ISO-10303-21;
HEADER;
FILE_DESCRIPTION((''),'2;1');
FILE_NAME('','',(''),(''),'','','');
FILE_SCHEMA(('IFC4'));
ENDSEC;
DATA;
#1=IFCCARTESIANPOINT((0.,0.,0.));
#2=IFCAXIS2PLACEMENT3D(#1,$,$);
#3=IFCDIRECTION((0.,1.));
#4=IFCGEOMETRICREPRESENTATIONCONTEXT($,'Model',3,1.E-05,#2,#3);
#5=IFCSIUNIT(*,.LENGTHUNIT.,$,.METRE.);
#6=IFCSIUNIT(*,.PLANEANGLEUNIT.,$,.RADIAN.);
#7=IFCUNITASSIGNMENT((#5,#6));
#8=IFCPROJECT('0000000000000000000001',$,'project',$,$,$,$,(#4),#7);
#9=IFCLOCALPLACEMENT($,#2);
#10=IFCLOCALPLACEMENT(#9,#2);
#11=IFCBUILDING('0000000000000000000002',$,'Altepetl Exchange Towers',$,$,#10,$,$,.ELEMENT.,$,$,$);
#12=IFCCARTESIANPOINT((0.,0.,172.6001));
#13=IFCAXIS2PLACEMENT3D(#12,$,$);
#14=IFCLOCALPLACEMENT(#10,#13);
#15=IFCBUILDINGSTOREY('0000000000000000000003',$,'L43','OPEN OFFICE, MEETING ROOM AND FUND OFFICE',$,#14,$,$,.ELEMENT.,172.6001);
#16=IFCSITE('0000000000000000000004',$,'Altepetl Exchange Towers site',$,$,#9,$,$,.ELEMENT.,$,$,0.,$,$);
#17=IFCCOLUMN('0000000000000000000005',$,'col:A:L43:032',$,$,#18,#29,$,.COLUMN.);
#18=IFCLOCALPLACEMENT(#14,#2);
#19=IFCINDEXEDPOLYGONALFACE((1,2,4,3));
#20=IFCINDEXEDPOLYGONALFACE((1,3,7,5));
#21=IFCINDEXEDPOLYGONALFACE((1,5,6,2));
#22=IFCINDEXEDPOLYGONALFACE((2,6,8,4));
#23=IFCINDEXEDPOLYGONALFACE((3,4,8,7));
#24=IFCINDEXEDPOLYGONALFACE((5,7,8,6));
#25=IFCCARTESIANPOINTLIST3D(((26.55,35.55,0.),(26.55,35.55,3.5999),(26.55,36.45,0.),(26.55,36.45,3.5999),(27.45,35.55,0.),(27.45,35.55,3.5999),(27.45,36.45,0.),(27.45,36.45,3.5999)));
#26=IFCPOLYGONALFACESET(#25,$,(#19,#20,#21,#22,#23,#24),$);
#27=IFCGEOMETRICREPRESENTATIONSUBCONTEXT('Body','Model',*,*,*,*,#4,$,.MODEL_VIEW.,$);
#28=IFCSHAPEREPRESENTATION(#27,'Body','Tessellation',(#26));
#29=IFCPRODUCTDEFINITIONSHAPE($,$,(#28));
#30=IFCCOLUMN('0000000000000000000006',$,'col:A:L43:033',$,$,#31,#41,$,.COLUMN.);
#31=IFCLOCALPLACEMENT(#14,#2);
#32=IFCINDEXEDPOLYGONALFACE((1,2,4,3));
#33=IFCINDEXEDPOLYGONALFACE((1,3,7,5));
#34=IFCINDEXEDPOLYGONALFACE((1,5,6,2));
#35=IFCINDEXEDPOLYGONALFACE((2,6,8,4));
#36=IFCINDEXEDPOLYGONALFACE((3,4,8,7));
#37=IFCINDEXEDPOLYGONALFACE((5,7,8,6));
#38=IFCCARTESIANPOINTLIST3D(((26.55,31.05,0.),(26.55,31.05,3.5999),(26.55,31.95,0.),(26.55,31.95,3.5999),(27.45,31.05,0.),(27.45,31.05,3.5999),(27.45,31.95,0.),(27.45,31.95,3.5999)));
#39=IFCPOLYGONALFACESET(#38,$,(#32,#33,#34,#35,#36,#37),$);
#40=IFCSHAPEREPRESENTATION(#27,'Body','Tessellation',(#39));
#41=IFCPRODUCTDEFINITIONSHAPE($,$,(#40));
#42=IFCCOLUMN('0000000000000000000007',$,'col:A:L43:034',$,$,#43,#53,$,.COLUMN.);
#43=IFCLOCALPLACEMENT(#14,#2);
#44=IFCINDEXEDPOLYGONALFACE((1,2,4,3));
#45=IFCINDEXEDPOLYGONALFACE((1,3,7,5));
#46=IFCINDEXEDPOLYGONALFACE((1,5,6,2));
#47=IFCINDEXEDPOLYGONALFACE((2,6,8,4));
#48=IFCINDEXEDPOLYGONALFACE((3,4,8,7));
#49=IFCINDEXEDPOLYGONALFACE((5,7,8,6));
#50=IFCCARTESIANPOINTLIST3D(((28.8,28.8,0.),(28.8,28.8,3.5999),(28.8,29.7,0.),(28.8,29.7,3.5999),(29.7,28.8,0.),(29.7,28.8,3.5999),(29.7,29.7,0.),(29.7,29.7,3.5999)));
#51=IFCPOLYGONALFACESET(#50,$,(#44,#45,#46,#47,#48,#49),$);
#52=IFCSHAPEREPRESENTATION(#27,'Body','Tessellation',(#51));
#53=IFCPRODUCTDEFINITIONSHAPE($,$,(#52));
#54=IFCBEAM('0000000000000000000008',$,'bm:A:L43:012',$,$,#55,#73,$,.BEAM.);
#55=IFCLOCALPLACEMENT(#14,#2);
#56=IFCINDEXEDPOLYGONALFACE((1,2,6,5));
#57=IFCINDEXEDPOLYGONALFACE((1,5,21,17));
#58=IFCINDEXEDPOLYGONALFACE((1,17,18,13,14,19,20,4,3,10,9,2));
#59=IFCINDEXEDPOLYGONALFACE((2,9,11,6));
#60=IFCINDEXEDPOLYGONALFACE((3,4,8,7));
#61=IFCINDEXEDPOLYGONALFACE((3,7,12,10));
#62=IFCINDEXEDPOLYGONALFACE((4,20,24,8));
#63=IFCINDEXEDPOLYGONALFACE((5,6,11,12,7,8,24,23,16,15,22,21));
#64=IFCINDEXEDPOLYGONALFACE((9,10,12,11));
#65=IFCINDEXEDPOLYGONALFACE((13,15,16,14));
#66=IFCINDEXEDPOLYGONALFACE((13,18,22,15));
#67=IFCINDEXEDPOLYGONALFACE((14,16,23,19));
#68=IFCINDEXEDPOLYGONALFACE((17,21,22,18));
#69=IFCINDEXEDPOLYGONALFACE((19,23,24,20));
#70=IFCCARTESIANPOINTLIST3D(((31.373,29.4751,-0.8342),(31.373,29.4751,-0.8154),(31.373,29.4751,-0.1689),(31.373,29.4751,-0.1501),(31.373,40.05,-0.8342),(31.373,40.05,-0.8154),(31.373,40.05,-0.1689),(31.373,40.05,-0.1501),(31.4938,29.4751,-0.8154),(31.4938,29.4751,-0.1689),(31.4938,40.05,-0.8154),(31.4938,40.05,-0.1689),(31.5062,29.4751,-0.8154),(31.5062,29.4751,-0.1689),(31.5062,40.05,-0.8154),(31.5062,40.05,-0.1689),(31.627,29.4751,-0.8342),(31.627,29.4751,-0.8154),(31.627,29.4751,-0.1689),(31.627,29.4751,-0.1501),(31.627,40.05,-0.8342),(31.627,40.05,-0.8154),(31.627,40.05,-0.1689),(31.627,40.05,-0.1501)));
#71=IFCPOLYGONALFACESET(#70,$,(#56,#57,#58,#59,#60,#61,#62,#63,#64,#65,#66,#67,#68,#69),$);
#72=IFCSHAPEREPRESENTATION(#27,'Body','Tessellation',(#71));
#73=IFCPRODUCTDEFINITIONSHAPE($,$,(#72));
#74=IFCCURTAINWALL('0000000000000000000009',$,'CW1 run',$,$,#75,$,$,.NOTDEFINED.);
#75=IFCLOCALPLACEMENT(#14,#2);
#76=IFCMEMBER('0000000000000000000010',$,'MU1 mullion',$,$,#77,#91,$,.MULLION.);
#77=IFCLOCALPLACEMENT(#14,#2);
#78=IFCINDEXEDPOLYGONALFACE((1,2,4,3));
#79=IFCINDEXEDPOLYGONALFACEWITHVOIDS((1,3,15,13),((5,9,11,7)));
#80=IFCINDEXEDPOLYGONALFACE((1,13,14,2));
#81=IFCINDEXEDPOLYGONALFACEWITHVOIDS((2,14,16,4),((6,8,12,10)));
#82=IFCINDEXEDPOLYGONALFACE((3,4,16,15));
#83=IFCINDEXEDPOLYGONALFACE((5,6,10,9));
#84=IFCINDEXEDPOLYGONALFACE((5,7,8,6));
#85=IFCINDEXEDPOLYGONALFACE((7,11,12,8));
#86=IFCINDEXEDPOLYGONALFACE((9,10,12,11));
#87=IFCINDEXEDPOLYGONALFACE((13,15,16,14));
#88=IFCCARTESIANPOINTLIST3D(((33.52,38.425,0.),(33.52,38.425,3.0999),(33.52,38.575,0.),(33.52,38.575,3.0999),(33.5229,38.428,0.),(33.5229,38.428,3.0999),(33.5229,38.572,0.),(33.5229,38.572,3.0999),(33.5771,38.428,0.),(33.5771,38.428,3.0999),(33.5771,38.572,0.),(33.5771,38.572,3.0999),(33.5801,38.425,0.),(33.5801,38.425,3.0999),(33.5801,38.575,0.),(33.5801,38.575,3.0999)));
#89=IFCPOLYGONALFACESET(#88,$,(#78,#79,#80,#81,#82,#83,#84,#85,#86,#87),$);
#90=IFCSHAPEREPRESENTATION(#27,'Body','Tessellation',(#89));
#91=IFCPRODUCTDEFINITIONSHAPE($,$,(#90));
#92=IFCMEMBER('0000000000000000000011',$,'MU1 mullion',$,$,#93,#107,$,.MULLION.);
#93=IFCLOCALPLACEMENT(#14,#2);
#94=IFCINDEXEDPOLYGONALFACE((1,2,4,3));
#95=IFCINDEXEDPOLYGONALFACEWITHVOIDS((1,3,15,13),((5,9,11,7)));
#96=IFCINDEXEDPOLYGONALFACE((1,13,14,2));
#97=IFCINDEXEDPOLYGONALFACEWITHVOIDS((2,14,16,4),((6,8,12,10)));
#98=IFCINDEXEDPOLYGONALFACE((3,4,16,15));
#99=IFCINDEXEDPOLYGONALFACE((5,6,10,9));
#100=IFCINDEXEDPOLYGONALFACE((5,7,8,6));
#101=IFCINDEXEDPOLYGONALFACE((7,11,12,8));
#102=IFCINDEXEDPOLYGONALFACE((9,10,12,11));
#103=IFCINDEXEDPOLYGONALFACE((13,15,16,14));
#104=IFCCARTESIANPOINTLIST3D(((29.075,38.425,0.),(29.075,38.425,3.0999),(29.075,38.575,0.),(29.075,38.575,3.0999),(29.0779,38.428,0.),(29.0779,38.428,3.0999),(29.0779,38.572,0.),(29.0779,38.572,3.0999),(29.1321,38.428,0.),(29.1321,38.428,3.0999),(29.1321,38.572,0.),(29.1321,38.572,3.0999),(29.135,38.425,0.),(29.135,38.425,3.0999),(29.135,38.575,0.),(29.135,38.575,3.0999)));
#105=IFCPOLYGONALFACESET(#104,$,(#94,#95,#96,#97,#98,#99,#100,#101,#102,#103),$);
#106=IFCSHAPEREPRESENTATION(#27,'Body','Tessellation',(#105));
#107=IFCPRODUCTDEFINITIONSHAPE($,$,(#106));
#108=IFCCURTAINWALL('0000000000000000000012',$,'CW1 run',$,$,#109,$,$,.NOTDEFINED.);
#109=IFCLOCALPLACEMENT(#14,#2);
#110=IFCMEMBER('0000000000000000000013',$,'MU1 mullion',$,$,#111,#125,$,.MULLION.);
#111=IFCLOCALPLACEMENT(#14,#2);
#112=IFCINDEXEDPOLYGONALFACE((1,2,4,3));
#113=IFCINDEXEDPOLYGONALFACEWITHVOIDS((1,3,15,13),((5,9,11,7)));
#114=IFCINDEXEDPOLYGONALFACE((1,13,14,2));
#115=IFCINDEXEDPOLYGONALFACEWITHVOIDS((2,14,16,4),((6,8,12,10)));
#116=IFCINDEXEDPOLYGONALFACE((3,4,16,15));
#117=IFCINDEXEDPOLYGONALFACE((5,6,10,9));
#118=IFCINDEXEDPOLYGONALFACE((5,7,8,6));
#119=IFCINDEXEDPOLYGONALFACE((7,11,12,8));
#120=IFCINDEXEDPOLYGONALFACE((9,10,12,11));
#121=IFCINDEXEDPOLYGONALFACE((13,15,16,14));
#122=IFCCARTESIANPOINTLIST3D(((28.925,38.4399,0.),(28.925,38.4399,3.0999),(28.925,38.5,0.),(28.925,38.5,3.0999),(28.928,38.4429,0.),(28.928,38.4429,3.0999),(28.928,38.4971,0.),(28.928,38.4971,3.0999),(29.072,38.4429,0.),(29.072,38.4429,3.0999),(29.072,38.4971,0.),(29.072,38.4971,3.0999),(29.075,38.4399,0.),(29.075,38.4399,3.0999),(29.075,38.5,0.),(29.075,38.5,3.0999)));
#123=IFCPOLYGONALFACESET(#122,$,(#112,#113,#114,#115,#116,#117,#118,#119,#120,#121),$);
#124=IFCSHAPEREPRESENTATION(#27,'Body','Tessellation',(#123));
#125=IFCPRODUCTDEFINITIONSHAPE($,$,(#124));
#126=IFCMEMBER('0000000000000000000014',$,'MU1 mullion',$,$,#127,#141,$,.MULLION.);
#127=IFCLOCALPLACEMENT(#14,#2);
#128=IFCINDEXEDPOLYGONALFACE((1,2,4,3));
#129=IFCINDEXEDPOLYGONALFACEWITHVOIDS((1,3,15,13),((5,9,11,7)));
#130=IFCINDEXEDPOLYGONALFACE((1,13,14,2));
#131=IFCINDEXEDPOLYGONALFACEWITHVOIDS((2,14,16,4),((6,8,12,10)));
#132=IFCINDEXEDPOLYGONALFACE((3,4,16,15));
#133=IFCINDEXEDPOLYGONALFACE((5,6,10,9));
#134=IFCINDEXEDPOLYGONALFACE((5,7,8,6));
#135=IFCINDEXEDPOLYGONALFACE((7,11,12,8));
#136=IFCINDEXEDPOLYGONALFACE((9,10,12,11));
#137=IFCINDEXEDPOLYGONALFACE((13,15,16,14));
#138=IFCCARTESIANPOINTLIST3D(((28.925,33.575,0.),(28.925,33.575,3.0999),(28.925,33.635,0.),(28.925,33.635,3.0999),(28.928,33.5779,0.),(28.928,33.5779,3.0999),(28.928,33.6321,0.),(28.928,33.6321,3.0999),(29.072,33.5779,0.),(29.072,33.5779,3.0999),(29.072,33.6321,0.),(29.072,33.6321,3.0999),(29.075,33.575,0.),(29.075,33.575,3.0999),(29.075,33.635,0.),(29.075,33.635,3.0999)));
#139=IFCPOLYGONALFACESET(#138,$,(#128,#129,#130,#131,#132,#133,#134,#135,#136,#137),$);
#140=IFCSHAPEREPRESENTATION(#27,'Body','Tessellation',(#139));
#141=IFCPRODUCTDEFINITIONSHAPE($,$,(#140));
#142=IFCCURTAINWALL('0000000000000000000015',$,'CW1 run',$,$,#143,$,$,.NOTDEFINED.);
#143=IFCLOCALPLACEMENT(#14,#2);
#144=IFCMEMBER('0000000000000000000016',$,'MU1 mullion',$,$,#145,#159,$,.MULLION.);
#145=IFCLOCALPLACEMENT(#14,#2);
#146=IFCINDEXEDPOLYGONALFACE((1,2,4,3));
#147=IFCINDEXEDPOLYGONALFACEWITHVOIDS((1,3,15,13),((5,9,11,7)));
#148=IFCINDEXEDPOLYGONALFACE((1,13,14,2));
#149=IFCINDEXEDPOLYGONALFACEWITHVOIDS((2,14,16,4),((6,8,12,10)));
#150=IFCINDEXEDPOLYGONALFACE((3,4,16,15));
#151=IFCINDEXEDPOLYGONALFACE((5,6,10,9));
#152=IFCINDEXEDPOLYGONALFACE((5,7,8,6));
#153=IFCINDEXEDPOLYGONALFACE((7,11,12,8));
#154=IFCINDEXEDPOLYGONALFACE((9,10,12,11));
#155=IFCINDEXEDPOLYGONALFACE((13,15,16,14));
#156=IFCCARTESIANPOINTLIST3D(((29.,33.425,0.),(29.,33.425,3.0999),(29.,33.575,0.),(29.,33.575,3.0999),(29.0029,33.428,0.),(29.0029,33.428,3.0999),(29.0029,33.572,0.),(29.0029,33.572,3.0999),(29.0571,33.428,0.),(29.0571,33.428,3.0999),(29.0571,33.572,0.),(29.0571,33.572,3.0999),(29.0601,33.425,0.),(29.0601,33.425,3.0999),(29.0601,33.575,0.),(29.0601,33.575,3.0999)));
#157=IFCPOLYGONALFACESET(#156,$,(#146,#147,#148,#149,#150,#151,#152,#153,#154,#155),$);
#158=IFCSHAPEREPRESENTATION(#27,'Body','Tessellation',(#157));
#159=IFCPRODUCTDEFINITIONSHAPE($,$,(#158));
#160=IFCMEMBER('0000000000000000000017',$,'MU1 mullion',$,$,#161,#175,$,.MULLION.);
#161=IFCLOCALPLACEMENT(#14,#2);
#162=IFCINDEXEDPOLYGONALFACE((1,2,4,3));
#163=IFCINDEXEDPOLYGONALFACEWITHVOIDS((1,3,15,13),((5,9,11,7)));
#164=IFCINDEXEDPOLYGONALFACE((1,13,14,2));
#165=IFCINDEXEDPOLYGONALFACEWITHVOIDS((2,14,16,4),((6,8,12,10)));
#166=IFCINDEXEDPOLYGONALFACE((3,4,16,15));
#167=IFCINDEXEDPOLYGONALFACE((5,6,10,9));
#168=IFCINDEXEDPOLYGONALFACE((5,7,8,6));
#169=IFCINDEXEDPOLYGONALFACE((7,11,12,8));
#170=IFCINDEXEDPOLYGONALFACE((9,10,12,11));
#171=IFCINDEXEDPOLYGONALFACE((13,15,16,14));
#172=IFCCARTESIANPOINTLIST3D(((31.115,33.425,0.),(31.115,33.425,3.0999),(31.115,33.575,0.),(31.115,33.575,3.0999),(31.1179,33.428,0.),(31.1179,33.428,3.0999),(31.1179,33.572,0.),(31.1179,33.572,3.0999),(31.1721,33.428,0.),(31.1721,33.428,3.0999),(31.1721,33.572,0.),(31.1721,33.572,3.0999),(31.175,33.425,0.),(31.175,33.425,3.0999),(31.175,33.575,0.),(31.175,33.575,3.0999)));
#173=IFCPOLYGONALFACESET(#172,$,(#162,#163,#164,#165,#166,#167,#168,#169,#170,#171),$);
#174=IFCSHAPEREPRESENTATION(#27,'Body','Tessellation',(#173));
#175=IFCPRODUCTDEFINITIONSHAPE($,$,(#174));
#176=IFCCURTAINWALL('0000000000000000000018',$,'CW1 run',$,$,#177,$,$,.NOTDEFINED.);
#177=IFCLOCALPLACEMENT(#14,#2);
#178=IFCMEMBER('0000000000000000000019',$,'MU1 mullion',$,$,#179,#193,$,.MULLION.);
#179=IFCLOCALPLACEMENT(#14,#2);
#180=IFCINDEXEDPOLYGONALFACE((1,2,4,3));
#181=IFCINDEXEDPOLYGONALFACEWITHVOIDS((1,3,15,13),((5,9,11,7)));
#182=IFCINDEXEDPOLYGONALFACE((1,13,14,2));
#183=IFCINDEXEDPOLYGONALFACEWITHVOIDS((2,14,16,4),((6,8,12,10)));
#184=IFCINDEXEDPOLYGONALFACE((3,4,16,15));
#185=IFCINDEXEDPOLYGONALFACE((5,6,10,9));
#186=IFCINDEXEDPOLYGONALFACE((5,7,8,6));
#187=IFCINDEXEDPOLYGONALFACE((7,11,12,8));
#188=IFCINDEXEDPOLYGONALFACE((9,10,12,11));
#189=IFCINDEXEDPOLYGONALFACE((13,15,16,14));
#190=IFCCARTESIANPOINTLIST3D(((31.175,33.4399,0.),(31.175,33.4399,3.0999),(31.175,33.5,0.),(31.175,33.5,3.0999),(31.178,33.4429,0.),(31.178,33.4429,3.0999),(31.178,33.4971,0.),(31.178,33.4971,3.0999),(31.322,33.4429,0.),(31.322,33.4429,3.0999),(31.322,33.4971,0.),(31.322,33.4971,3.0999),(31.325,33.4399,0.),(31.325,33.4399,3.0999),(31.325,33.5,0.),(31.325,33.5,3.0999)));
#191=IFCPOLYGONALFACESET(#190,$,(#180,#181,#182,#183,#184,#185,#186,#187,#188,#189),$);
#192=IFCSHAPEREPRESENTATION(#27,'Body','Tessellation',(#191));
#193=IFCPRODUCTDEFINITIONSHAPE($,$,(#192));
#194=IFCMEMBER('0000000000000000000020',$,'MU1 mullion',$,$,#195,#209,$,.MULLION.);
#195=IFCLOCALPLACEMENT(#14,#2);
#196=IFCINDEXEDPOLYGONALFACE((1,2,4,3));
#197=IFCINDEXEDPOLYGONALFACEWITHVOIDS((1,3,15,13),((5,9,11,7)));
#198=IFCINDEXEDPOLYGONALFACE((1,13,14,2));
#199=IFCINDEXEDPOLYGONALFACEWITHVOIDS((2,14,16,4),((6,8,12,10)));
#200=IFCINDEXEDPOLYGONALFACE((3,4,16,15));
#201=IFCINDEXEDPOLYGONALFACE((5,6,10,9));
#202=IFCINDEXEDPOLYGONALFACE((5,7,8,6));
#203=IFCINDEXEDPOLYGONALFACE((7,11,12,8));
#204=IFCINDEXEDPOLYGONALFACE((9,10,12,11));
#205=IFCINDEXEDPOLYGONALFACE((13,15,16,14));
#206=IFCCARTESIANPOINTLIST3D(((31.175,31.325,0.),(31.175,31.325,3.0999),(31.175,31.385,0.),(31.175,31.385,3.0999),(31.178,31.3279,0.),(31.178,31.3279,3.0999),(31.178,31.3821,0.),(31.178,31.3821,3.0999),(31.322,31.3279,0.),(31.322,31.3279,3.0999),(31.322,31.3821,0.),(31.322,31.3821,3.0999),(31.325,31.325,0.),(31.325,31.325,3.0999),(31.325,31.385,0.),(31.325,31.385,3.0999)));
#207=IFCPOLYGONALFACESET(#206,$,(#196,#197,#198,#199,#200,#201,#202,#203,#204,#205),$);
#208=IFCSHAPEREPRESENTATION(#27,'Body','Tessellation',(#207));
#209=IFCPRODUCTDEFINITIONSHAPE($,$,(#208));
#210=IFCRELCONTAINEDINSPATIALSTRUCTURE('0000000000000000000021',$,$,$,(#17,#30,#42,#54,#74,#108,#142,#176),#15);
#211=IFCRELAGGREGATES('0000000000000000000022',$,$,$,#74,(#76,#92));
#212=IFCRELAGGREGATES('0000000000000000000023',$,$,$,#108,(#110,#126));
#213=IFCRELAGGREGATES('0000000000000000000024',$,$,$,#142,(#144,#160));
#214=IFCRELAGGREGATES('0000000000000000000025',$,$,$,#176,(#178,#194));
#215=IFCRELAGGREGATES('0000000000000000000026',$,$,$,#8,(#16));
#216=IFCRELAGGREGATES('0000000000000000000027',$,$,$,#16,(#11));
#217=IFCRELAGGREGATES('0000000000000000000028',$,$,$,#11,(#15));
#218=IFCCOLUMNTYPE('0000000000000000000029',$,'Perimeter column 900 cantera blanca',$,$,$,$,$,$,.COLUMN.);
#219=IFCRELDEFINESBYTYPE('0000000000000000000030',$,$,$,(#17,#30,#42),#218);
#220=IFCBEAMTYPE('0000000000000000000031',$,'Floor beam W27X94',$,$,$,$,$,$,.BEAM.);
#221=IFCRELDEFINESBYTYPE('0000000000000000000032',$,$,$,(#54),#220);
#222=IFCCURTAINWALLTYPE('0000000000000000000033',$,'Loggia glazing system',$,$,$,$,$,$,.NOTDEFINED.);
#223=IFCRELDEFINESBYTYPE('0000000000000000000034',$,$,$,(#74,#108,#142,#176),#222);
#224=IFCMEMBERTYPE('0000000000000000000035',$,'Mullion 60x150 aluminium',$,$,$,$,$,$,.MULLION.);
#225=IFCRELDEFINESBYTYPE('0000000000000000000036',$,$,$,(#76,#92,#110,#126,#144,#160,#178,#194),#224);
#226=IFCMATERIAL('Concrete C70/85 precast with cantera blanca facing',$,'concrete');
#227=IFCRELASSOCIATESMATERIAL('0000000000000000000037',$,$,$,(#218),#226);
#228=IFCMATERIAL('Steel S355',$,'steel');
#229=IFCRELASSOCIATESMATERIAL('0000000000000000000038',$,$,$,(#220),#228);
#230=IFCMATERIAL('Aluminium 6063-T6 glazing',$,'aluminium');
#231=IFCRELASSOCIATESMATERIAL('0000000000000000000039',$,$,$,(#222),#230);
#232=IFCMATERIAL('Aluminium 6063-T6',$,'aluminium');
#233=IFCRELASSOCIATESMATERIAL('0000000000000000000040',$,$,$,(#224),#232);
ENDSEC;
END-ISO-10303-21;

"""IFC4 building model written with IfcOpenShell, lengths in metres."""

from ifc_helpers import new_model, si_unit, direction, frame, origin, origin_2d, place, context, subcontext, project, spatial, rectangle, hollow_rectangle, i_section, extrude, material, material_profile, profile_set, type_object, element, aggregate, save


model = new_model("IFC4")

# Units and contexts
model_context = context("Model", 3, precision=1e-05, world=origin(), true_north=direction((0.0, 1.0)))
body_context = subcontext(model_context, "Body", "Model", "MODEL_VIEW")
ifc_project = project(units=[si_unit("LENGTHUNIT", "METRE"), si_unit("PLANEANGLEUNIT", "RADIAN")], contexts=[model_context])

# Site, building, storey
site_placement = place(None, origin())
site = spatial("IfcSite", under=ifc_project, at=site_placement, Name="Altepetl Exchange Towers site", CompositionType="ELEMENT", RefElevation=0.0)
building_placement = place(site_placement, origin())
building = spatial("IfcBuilding", under=site, at=building_placement, Name="Altepetl Exchange Towers", CompositionType="ELEMENT")
storey_placement = place(building_placement, frame((0.0, 0.0, 172.6001)))
storey = spatial("IfcBuildingStorey", under=building, at=storey_placement, Name="L43", Description="OPEN OFFICE, MEETING ROOM AND FUND OFFICE", CompositionType="ELEMENT", Elevation=172.6001)

# Columns
ifc_material_1 = material(Name="Concrete C70/85 precast with cantera blanca facing", Category="concrete")
ifc_material_profile_1 = material_profile(ifc_material_1, rectangle(XDim=0.8999, YDim=0.8999, at=origin_2d()), Name="900 x 900")
ifc_profile_set_1 = profile_set([ifc_material_profile_1], Name="Concrete C70/85 precast with cantera blanca facing")
column_type = type_object("IfcColumnType", Name="Perimeter column 900 cantera blanca", PredefinedType="COLUMN", material=ifc_profile_set_1)
for number, where, name in (
    (1, (27.0, 36.0, 0.0), "col:A:L43:032"),
    (2, (27.0, 31.5, 0.0), "col:A:L43:033"),
    (3, (29.25, 29.25, 0.0), "col:A:L43:034"),
):
    element("IfcColumn", number, at=place(storey_placement, frame(where)), inside=storey, type_object=column_type, Name=name, PredefinedType="COLUMN", context=body_context, shape_type="SweptSolid", body=[
        extrude(rectangle(XDim=0.8999, YDim=0.8999, at=origin_2d()), origin(), (0.0, 0.0, 1.0), 3.5999),
    ])

# Beam
ifc_material_2 = material(Name="Steel S355", Category="steel")
ifc_material_profile_2 = material_profile(ifc_material_2, i_section(OverallWidth=0.2539, OverallDepth=0.6841, WebThickness=0.0125, FlangeThickness=0.0188, at=origin_2d()), Name="W27X94")
ifc_profile_set_2 = profile_set([ifc_material_profile_2], Name="Steel S355")
beam_type_1 = type_object("IfcBeamType", Name="Floor beam W27X94", PredefinedType="BEAM", material=ifc_profile_set_2)
beam_1_placement = place(storey_placement, frame((31.5, 29.4751, -0.4922), z_axis=(0.0, 1.0, 0.0), x_axis=(-1.0, 0.0, 0.0)))
element("IfcBeam", 4, at=beam_1_placement, inside=storey, type_object=beam_type_1, Name="bm:A:L43:012", PredefinedType="BEAM", context=body_context, shape_type="SweptSolid", body=[
    extrude(i_section(OverallWidth=0.2539, OverallDepth=0.6841, WebThickness=0.0125, FlangeThickness=0.0188, at=origin_2d()), origin(), (0.0, 0.0, 1.0), 10.575),
])

# Curtain walls, members
ifc_material_3 = material(Name="Aluminium 6063-T6 glazing", Category="aluminium")
curtain_wall_type = type_object("IfcCurtainWallType", Name="Loggia glazing system", PredefinedType="NOTDEFINED", material=ifc_material_3)
curtain_wall_1_placement = place(storey_placement, origin())
curtain_wall_1 = element("IfcCurtainWall", 5, at=curtain_wall_1_placement, inside=storey, type_object=curtain_wall_type, Name="CW1 run", PredefinedType="NOTDEFINED")
ifc_material_4 = material(Name="Aluminium 6063-T6", Category="aluminium")
ifc_material_profile_3 = material_profile(ifc_material_4, hollow_rectangle(XDim=0.0601, YDim=0.1499, WallThickness=0.0029, at=origin_2d()), Name="Mullion 60x150 aluminium")
ifc_profile_set_3 = profile_set([ifc_material_profile_3], Name="Aluminium 6063-T6")
member_type = type_object("IfcMemberType", Name="Mullion 60x150 aluminium", PredefinedType="MULLION", material=ifc_profile_set_3)
member_1_placement = place(storey_placement, frame((33.55, 38.5, 0.0), z_axis=(0.0, 0.0, 1.0), x_axis=(-1.0, 0.0, 0.0)))
member_1 = element("IfcMember", 6, at=member_1_placement, type_object=member_type, Name="MU1 mullion", PredefinedType="MULLION", context=body_context, shape_type="SweptSolid", body=[
    extrude(hollow_rectangle(XDim=0.0601, YDim=0.1499, WallThickness=0.0029, at=origin_2d()), origin(), (0.0, 0.0, 1.0), 3.0999),
])
member_2_placement = place(storey_placement, frame((29.105, 38.5, 0.0), z_axis=(0.0, 0.0, 1.0), x_axis=(-1.0, 0.0, 0.0)))
member_2 = element("IfcMember", 7, at=member_2_placement, type_object=member_type, Name="MU1 mullion", PredefinedType="MULLION", context=body_context, shape_type="SweptSolid", body=[
    extrude(hollow_rectangle(XDim=0.0601, YDim=0.1499, WallThickness=0.0029, at=origin_2d()), origin(), (0.0, 0.0, 1.0), 3.0999),
])
curtain_wall_2_placement = place(storey_placement, origin())
curtain_wall_2 = element("IfcCurtainWall", 8, at=curtain_wall_2_placement, inside=storey, type_object=curtain_wall_type, Name="CW1 run", PredefinedType="NOTDEFINED")
member_3_placement = place(storey_placement, frame((29.0, 38.47, 0.0), z_axis=(0.0, 0.0, 1.0), x_axis=(0.0, -1.0, 0.0)))
member_3 = element("IfcMember", 9, at=member_3_placement, type_object=member_type, Name="MU1 mullion", PredefinedType="MULLION", context=body_context, shape_type="SweptSolid", body=[
    extrude(hollow_rectangle(XDim=0.0601, YDim=0.1499, WallThickness=0.0029, at=origin_2d()), origin(), (0.0, 0.0, 1.0), 3.0999),
])
member_4_placement = place(storey_placement, frame((29.0, 33.605, 0.0), z_axis=(0.0, 0.0, 1.0), x_axis=(0.0, -1.0, 0.0)))
member_4 = element("IfcMember", 10, at=member_4_placement, type_object=member_type, Name="MU1 mullion", PredefinedType="MULLION", context=body_context, shape_type="SweptSolid", body=[
    extrude(hollow_rectangle(XDim=0.0601, YDim=0.1499, WallThickness=0.0029, at=origin_2d()), origin(), (0.0, 0.0, 1.0), 3.0999),
])
curtain_wall_3_placement = place(storey_placement, origin())
curtain_wall_3 = element("IfcCurtainWall", 11, at=curtain_wall_3_placement, inside=storey, type_object=curtain_wall_type, Name="CW1 run", PredefinedType="NOTDEFINED")
member_5_placement = place(storey_placement, frame((29.03, 33.5, 0.0)))
member_5 = element("IfcMember", 12, at=member_5_placement, type_object=member_type, Name="MU1 mullion", PredefinedType="MULLION", context=body_context, shape_type="SweptSolid", body=[
    extrude(hollow_rectangle(XDim=0.0601, YDim=0.1499, WallThickness=0.0029, at=origin_2d()), origin(), (0.0, 0.0, 1.0), 3.0999),
])
member_6_placement = place(storey_placement, frame((31.145, 33.5, 0.0)))
member_6 = element("IfcMember", 13, at=member_6_placement, type_object=member_type, Name="MU1 mullion", PredefinedType="MULLION", context=body_context, shape_type="SweptSolid", body=[
    extrude(hollow_rectangle(XDim=0.0601, YDim=0.1499, WallThickness=0.0029, at=origin_2d()), origin(), (0.0, 0.0, 1.0), 3.0999),
])
curtain_wall_4_placement = place(storey_placement, origin())
curtain_wall_4 = element("IfcCurtainWall", 14, at=curtain_wall_4_placement, inside=storey, type_object=curtain_wall_type, Name="CW1 run", PredefinedType="NOTDEFINED")
member_7_placement = place(storey_placement, frame((31.25, 33.47, 0.0), z_axis=(0.0, 0.0, 1.0), x_axis=(0.0, -1.0, 0.0)))
member_7 = element("IfcMember", 15, at=member_7_placement, type_object=member_type, Name="MU1 mullion", PredefinedType="MULLION", context=body_context, shape_type="SweptSolid", body=[
    extrude(hollow_rectangle(XDim=0.0601, YDim=0.1499, WallThickness=0.0029, at=origin_2d()), origin(), (0.0, 0.0, 1.0), 3.0999),
])
member_8_placement = place(storey_placement, frame((31.25, 31.355, 0.0), z_axis=(0.0, 0.0, 1.0), x_axis=(0.0, -1.0, 0.0)))
member_8 = element("IfcMember", 16, at=member_8_placement, type_object=member_type, Name="MU1 mullion", PredefinedType="MULLION", context=body_context, shape_type="SweptSolid", body=[
    extrude(hollow_rectangle(XDim=0.0601, YDim=0.1499, WallThickness=0.0029, at=origin_2d()), origin(), (0.0, 0.0, 1.0), 3.0999),
])

aggregate(curtain_wall_1, [member_1, member_2])
aggregate(curtain_wall_2, [member_3, member_4])
aggregate(curtain_wall_3, [member_5, member_6])
aggregate(curtain_wall_4, [member_7, member_8])

save(model, "model.ifc")
